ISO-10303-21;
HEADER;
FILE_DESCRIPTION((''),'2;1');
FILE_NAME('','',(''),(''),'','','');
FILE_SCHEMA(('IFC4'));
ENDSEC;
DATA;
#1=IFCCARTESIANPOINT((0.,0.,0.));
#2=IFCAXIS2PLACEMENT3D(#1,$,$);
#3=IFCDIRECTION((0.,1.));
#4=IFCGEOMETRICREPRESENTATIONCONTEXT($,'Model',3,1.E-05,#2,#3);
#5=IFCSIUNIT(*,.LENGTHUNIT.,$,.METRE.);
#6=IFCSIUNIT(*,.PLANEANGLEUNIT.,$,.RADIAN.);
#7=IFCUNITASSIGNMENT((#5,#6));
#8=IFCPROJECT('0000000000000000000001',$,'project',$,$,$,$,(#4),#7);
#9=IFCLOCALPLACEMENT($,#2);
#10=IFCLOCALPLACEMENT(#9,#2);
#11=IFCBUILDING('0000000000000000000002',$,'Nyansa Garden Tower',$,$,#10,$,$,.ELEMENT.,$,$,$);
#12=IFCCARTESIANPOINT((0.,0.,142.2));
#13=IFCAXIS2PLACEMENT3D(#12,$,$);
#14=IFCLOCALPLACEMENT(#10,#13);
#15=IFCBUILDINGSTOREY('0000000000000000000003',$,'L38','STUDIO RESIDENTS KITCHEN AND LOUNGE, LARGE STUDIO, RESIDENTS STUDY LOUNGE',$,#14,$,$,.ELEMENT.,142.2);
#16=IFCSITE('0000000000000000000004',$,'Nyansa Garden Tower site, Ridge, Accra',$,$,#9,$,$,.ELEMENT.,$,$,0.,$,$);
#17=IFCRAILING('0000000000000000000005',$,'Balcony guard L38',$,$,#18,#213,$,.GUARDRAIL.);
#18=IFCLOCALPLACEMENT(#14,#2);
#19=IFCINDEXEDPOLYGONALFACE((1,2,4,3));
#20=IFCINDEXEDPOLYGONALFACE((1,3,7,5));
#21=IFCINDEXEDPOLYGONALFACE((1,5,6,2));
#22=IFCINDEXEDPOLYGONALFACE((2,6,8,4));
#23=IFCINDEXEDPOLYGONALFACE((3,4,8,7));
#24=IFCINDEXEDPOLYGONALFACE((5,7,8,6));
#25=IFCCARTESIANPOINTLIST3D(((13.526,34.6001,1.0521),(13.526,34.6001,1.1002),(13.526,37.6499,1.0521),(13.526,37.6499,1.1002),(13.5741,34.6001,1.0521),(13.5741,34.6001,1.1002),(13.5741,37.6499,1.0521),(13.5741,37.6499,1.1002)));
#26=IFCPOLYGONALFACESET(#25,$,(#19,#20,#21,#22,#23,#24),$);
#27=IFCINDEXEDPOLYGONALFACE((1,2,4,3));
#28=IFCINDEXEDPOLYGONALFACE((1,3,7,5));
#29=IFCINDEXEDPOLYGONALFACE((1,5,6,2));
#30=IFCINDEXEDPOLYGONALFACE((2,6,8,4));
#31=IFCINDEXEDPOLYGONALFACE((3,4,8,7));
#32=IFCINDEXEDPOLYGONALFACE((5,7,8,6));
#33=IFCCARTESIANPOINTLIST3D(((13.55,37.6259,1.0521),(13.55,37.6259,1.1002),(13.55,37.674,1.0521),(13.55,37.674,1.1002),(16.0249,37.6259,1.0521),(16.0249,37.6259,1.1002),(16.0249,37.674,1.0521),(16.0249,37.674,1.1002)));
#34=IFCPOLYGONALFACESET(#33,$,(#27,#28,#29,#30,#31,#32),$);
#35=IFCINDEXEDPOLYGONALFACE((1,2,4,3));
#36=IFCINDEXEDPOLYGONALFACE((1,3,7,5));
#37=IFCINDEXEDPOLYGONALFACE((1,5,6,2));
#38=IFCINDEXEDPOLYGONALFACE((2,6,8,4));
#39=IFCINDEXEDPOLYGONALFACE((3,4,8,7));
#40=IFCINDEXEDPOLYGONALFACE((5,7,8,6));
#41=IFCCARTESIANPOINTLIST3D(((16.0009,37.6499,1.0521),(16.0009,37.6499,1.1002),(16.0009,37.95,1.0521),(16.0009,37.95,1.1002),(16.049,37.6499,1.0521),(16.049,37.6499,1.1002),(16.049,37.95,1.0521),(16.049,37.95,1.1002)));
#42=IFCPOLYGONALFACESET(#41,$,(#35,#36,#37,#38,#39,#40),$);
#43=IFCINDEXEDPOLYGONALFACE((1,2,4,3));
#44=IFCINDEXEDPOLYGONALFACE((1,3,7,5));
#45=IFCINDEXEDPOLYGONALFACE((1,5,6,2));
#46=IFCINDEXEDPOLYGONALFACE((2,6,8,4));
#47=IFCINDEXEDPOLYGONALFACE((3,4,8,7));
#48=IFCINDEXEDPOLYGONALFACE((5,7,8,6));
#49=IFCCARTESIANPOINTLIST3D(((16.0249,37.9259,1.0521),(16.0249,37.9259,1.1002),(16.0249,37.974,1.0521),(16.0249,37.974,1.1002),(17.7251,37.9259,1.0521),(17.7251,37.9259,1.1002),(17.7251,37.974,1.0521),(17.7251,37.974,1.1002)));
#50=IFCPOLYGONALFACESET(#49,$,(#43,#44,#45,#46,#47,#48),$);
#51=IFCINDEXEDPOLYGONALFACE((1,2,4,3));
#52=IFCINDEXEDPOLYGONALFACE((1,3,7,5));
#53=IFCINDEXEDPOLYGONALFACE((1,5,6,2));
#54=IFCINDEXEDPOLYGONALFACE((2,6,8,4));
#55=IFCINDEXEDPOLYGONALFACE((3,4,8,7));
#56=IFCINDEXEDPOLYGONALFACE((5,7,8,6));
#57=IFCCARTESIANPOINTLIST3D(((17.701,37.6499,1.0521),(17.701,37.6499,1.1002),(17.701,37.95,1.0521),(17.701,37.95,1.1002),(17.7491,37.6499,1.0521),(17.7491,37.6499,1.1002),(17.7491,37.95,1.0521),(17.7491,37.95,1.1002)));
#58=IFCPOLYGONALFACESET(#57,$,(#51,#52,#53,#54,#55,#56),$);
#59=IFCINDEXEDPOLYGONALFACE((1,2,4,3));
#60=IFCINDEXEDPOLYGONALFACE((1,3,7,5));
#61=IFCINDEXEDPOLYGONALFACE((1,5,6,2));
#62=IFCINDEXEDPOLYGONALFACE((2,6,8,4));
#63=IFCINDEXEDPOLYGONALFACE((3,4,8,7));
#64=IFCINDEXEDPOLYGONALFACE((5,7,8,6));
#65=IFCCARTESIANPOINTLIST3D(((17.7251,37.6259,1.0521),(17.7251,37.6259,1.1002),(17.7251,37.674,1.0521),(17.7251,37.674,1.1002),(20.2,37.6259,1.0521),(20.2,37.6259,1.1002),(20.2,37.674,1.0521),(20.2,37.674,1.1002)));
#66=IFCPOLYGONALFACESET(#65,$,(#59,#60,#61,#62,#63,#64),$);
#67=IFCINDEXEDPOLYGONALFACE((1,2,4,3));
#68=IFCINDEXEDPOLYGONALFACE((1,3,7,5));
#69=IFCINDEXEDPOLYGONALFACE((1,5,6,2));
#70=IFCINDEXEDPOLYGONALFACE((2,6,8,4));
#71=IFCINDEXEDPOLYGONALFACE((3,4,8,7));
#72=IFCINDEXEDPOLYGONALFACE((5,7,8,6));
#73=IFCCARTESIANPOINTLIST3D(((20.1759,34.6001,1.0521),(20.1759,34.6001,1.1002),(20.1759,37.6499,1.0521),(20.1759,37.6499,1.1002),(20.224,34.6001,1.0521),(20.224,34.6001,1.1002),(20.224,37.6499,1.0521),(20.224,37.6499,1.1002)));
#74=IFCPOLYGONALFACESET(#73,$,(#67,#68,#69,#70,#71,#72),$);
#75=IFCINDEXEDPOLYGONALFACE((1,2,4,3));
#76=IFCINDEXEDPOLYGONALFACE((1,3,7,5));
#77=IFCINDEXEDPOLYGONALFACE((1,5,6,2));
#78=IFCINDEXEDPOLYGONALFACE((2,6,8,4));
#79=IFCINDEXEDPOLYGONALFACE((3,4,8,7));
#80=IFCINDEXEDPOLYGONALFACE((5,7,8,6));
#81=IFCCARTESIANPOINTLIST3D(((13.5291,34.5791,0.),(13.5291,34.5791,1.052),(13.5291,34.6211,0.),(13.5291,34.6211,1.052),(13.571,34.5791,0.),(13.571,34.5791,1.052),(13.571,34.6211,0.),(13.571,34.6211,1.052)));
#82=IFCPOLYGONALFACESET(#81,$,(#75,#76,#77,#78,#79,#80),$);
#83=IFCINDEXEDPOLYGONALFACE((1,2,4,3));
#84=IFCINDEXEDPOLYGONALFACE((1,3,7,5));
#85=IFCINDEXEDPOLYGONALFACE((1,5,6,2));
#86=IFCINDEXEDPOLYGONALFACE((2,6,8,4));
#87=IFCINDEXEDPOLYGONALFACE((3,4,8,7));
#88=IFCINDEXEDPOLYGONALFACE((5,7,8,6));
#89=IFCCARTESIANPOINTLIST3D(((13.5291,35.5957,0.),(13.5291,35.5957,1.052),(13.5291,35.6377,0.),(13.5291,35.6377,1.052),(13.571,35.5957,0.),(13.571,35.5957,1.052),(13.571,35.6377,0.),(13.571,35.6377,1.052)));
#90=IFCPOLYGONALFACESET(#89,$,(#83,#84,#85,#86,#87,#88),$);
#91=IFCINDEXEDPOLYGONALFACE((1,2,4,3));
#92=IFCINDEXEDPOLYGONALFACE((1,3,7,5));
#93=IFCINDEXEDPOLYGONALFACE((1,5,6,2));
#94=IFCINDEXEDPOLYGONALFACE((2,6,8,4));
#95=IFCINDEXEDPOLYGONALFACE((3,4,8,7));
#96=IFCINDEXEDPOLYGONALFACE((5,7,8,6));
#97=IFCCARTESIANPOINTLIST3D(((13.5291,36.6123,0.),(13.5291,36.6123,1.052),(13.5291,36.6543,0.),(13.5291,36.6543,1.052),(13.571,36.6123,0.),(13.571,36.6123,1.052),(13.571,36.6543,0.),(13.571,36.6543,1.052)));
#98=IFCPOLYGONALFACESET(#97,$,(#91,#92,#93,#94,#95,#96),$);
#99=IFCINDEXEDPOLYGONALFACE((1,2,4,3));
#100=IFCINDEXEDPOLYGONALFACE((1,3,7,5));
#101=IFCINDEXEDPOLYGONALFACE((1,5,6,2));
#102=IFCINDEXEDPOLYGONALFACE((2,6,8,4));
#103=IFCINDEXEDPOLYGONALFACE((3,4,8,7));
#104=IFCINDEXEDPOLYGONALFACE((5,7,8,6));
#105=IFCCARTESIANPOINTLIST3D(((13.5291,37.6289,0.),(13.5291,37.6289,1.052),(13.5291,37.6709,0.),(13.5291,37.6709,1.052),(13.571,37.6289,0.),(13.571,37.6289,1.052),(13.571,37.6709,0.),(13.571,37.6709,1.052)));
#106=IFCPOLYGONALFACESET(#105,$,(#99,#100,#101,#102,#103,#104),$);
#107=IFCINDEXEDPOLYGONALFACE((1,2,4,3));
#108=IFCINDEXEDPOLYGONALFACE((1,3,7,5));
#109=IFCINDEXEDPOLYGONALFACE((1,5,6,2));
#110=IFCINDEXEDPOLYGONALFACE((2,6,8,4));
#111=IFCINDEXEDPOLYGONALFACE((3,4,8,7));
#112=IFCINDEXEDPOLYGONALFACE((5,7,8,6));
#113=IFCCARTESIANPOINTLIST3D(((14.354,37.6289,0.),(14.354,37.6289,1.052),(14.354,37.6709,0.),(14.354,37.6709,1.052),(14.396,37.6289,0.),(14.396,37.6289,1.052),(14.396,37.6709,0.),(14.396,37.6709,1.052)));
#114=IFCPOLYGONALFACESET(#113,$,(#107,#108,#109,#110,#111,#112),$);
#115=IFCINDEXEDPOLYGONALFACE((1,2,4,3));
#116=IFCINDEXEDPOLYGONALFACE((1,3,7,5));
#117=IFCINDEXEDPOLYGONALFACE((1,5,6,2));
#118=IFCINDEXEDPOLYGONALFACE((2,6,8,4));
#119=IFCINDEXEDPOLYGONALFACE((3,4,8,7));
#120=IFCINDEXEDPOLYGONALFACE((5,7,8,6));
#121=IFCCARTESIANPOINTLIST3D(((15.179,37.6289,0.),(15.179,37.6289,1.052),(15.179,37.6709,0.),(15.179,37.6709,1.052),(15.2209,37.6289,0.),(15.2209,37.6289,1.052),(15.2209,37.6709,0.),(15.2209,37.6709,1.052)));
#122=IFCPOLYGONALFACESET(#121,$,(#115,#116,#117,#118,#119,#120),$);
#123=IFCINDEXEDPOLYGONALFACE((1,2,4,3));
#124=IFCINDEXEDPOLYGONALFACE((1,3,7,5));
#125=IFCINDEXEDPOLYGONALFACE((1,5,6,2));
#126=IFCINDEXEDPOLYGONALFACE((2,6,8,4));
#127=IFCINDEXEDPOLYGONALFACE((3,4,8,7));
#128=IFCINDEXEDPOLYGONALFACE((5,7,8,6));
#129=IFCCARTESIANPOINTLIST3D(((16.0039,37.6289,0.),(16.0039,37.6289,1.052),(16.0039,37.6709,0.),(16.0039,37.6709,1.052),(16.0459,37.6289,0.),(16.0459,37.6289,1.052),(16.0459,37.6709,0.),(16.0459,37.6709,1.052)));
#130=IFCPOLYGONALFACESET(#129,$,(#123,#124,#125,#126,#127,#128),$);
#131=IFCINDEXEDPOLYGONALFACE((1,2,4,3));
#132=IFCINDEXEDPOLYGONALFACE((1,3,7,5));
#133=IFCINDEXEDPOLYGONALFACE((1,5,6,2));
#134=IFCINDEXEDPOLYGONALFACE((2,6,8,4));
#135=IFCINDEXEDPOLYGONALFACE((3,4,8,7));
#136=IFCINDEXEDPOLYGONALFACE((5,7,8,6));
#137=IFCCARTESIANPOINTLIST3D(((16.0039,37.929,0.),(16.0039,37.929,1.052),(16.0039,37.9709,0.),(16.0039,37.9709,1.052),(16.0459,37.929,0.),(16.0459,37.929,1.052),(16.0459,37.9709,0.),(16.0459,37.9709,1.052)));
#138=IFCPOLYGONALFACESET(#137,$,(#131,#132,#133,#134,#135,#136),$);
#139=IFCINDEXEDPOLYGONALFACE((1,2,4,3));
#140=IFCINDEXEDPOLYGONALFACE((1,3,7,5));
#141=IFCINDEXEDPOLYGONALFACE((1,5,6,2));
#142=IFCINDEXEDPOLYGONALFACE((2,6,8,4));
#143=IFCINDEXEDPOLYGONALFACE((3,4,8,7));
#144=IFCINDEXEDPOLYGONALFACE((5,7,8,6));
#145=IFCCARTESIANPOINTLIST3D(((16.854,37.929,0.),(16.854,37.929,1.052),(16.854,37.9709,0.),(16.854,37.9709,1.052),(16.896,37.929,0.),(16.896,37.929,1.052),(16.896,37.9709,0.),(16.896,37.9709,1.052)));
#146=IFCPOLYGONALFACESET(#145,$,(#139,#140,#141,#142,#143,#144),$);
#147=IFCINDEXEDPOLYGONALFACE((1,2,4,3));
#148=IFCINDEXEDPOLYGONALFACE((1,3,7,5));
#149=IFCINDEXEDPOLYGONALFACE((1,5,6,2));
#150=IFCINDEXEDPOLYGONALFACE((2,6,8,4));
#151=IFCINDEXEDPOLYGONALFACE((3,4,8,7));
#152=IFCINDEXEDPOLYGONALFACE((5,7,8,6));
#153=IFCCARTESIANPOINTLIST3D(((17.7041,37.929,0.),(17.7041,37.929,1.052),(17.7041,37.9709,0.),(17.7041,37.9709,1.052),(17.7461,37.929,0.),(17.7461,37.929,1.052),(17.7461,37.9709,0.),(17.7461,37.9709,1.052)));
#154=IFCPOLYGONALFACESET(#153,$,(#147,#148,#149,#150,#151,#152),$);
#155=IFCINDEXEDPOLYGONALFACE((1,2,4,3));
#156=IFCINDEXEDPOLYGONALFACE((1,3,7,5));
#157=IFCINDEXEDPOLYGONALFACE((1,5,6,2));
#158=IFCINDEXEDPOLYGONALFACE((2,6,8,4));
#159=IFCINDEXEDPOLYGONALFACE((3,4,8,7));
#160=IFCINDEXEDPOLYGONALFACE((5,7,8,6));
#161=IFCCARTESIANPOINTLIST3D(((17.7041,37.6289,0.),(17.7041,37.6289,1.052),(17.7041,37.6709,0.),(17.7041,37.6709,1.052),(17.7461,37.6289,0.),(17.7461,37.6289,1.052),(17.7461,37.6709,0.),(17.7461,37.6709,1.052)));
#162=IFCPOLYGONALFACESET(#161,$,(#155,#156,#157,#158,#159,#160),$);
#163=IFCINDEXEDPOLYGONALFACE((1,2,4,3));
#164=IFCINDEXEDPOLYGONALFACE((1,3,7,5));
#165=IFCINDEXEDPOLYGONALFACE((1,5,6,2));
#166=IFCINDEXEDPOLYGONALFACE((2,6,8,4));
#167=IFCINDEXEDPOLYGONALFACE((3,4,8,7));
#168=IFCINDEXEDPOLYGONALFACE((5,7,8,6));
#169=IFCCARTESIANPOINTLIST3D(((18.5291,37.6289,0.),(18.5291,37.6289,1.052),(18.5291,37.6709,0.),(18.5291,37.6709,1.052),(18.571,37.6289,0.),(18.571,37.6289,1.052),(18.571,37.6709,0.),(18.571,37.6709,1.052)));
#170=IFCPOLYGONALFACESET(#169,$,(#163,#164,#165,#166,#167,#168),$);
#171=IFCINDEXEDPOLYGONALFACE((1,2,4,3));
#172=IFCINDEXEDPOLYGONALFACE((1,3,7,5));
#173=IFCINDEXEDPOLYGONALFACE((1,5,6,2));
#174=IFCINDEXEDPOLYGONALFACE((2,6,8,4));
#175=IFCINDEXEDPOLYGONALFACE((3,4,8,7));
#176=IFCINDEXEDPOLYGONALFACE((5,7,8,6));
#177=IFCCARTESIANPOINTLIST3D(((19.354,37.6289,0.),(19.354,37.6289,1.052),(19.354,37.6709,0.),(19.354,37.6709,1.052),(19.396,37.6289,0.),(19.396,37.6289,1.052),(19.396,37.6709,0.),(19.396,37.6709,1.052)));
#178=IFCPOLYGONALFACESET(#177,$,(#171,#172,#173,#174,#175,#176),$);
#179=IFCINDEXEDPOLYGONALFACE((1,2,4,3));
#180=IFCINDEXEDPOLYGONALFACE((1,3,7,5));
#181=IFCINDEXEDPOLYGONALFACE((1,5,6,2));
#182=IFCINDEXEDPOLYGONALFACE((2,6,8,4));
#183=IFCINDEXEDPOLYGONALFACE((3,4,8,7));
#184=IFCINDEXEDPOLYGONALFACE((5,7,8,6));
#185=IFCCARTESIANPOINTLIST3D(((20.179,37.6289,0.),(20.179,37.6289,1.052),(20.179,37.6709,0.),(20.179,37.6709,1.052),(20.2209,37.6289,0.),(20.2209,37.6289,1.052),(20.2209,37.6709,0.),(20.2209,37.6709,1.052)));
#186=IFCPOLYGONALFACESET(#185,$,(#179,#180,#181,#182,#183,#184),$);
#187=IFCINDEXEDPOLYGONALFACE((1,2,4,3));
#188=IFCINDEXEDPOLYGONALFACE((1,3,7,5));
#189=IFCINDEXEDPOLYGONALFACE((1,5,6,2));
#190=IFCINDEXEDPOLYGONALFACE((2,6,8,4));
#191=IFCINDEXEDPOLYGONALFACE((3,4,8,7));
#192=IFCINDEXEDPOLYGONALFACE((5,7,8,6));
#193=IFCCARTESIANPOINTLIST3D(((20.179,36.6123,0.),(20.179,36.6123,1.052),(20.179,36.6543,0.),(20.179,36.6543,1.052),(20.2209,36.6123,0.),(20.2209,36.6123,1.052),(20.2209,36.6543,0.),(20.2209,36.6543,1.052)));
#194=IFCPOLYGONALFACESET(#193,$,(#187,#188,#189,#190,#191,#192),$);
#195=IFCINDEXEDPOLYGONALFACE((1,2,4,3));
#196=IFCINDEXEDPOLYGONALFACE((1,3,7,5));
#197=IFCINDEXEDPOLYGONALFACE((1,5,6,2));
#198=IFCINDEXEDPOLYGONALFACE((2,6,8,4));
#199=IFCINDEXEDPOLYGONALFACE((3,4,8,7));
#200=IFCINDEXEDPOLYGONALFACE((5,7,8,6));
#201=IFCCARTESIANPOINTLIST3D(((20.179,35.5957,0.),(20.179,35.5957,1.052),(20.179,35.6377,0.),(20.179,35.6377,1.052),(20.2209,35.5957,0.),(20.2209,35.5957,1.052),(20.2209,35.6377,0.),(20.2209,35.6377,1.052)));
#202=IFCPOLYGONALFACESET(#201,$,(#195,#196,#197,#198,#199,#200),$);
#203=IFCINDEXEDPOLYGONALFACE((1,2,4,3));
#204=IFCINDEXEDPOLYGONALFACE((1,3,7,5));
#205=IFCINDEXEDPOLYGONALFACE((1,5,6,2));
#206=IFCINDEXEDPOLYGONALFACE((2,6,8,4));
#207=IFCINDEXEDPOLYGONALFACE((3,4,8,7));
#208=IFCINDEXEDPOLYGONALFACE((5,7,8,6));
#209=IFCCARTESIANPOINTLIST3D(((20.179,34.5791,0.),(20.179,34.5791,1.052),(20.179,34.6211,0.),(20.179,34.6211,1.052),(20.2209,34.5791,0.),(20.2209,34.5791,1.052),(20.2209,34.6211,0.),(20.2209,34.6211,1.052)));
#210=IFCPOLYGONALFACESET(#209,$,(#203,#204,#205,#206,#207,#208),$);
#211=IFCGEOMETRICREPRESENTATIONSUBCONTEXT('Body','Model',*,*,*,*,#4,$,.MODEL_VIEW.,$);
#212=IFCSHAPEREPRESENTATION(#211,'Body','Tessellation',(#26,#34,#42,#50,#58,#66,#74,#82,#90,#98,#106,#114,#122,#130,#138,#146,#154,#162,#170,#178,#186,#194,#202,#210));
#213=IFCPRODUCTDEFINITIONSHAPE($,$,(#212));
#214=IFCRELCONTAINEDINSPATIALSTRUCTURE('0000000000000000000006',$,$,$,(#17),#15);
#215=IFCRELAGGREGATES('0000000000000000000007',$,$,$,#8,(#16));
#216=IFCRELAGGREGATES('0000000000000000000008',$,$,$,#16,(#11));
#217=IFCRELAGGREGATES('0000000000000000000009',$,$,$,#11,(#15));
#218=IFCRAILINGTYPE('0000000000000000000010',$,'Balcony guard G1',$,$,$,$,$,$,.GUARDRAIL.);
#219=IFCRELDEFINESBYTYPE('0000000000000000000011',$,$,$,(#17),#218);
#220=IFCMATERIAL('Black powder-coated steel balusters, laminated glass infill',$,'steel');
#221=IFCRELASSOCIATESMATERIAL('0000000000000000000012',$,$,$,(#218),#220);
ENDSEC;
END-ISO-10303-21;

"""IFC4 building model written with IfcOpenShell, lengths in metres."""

from ifc_helpers import new_model, si_unit, direction, frame, origin, origin_2d, place, context, subcontext, project, spatial, rectangle, extrude, material, type_object, element, save


model = new_model("IFC4")

# Units and contexts
model_context = context("Model", 3, precision=1e-05, world=origin(), true_north=direction((0.0, 1.0)))
body_context = subcontext(model_context, "Body", "Model", "MODEL_VIEW")
ifc_project = project(units=[si_unit("LENGTHUNIT", "METRE"), si_unit("PLANEANGLEUNIT", "RADIAN")], contexts=[model_context])

# Site, building, storey
site_placement = place(None, origin())
site = spatial("IfcSite", under=ifc_project, at=site_placement, Name="Nyansa Garden Tower site, Ridge, Accra", CompositionType="ELEMENT", RefElevation=0.0)
building_placement = place(site_placement, origin())
building = spatial("IfcBuilding", under=site, at=building_placement, Name="Nyansa Garden Tower", CompositionType="ELEMENT")
storey_placement = place(building_placement, frame((0.0, 0.0, 142.2)))
storey = spatial("IfcBuildingStorey", under=building, at=storey_placement, Name="L38", Description="STUDIO RESIDENTS KITCHEN AND LOUNGE, LARGE STUDIO, RESIDENTS STUDY LOUNGE", CompositionType="ELEMENT", Elevation=142.2)

# Railing
ifc_material_1 = material(Name="Black powder-coated steel balusters, laminated glass infill", Category="steel")
railing_type = type_object("IfcRailingType", Name="Balcony guard G1", PredefinedType="GUARDRAIL", material=ifc_material_1)
railing_placement = place(storey_placement, frame((13.55, 34.6001, 0.0)))
element("IfcRailing", 1, at=railing_placement, inside=storey, type_object=railing_type, Name="Balcony guard L38", PredefinedType="GUARDRAIL", context=body_context, shape_type="SweptSolid", body=[
    extrude(rectangle(XDim=0.0481, YDim=0.0481, at=origin_2d()), frame((0.0, 0.0, 1.0762), z_axis=(0.0, 1.0, 0.0), x_axis=(-1.0, 0.0, 0.0)), (0.0, 0.0, 1.0), 3.0498),
    extrude(rectangle(XDim=0.0481, YDim=0.0481, at=origin_2d()), frame((0.0, 3.0498, 1.0762), z_axis=(1.0, 0.0, 0.0), x_axis=(0.0, 1.0, 0.0)), (0.0, 0.0, 1.0), 2.4749),
    extrude(rectangle(XDim=0.0481, YDim=0.0481, at=origin_2d()), frame((2.4749, 3.0498, 1.0762), z_axis=(0.0, 1.0, 0.0), x_axis=(-1.0, 0.0, 0.0)), (0.0, 0.0, 1.0), 0.3),
    extrude(rectangle(XDim=0.0481, YDim=0.0481, at=origin_2d()), frame((2.4749, 3.3499, 1.0762), z_axis=(1.0, 0.0, 0.0), x_axis=(0.0, 1.0, 0.0)), (0.0, 0.0, 1.0), 1.7002),
    extrude(rectangle(XDim=0.0481, YDim=0.0481, at=origin_2d()), frame((4.175, 3.3499, 1.0762), z_axis=(0.0, -1.0, 0.0), x_axis=(1.0, 0.0, 0.0)), (0.0, 0.0, 1.0), 0.3),
    extrude(rectangle(XDim=0.0481, YDim=0.0481, at=origin_2d()), frame((4.175, 3.0498, 1.0762), z_axis=(1.0, 0.0, 0.0), x_axis=(0.0, 1.0, 0.0)), (0.0, 0.0, 1.0), 2.4749),
    extrude(rectangle(XDim=0.0481, YDim=0.0481, at=origin_2d()), frame((6.6499, 3.0498, 1.0762), z_axis=(0.0, -1.0, 0.0), x_axis=(1.0, 0.0, 0.0)), (0.0, 0.0, 1.0), 3.0498),
    extrude(rectangle(XDim=0.042, YDim=0.042, at=origin_2d()), origin(), (0.0, 0.0, 1.0), 1.052),
    extrude(rectangle(XDim=0.042, YDim=0.042, at=origin_2d()), frame((0.0, 1.0166, 0.0)), (0.0, 0.0, 1.0), 1.052),
    extrude(rectangle(XDim=0.042, YDim=0.042, at=origin_2d()), frame((0.0, 2.0332, 0.0)), (0.0, 0.0, 1.0), 1.052),
    extrude(rectangle(XDim=0.042, YDim=0.042, at=origin_2d()), frame((0.0, 3.0498, 0.0)), (0.0, 0.0, 1.0), 1.052),
    extrude(rectangle(XDim=0.042, YDim=0.042, at=origin_2d()), frame((0.825, 3.0498, 0.0)), (0.0, 0.0, 1.0), 1.052),
    extrude(rectangle(XDim=0.042, YDim=0.042, at=origin_2d()), frame((1.6499, 3.0498, 0.0)), (0.0, 0.0, 1.0), 1.052),
    extrude(rectangle(XDim=0.042, YDim=0.042, at=origin_2d()), frame((2.4749, 3.0498, 0.0)), (0.0, 0.0, 1.0), 1.052),
    extrude(rectangle(XDim=0.042, YDim=0.042, at=origin_2d()), frame((2.4749, 3.3499, 0.0)), (0.0, 0.0, 1.0), 1.052),
    extrude(rectangle(XDim=0.042, YDim=0.042, at=origin_2d()), frame((3.325, 3.3499, 0.0)), (0.0, 0.0, 1.0), 1.052),
    extrude(rectangle(XDim=0.042, YDim=0.042, at=origin_2d()), frame((4.175, 3.3499, 0.0)), (0.0, 0.0, 1.0), 1.052),
    extrude(rectangle(XDim=0.042, YDim=0.042, at=origin_2d()), frame((4.175, 3.0498, 0.0)), (0.0, 0.0, 1.0), 1.052),
    extrude(rectangle(XDim=0.042, YDim=0.042, at=origin_2d()), frame((5.0, 3.0498, 0.0)), (0.0, 0.0, 1.0), 1.052),
    extrude(rectangle(XDim=0.042, YDim=0.042, at=origin_2d()), frame((5.825, 3.0498, 0.0)), (0.0, 0.0, 1.0), 1.052),
    extrude(rectangle(XDim=0.042, YDim=0.042, at=origin_2d()), frame((6.6499, 3.0498, 0.0)), (0.0, 0.0, 1.0), 1.052),
    extrude(rectangle(XDim=0.042, YDim=0.042, at=origin_2d()), frame((6.6499, 2.0332, 0.0)), (0.0, 0.0, 1.0), 1.052),
    extrude(rectangle(XDim=0.042, YDim=0.042, at=origin_2d()), frame((6.6499, 1.0166, 0.0)), (0.0, 0.0, 1.0), 1.052),
    extrude(rectangle(XDim=0.042, YDim=0.042, at=origin_2d()), frame((6.6499, 0.0, 0.0)), (0.0, 0.0, 1.0), 1.052),
])

save(model, "model.ifc")
